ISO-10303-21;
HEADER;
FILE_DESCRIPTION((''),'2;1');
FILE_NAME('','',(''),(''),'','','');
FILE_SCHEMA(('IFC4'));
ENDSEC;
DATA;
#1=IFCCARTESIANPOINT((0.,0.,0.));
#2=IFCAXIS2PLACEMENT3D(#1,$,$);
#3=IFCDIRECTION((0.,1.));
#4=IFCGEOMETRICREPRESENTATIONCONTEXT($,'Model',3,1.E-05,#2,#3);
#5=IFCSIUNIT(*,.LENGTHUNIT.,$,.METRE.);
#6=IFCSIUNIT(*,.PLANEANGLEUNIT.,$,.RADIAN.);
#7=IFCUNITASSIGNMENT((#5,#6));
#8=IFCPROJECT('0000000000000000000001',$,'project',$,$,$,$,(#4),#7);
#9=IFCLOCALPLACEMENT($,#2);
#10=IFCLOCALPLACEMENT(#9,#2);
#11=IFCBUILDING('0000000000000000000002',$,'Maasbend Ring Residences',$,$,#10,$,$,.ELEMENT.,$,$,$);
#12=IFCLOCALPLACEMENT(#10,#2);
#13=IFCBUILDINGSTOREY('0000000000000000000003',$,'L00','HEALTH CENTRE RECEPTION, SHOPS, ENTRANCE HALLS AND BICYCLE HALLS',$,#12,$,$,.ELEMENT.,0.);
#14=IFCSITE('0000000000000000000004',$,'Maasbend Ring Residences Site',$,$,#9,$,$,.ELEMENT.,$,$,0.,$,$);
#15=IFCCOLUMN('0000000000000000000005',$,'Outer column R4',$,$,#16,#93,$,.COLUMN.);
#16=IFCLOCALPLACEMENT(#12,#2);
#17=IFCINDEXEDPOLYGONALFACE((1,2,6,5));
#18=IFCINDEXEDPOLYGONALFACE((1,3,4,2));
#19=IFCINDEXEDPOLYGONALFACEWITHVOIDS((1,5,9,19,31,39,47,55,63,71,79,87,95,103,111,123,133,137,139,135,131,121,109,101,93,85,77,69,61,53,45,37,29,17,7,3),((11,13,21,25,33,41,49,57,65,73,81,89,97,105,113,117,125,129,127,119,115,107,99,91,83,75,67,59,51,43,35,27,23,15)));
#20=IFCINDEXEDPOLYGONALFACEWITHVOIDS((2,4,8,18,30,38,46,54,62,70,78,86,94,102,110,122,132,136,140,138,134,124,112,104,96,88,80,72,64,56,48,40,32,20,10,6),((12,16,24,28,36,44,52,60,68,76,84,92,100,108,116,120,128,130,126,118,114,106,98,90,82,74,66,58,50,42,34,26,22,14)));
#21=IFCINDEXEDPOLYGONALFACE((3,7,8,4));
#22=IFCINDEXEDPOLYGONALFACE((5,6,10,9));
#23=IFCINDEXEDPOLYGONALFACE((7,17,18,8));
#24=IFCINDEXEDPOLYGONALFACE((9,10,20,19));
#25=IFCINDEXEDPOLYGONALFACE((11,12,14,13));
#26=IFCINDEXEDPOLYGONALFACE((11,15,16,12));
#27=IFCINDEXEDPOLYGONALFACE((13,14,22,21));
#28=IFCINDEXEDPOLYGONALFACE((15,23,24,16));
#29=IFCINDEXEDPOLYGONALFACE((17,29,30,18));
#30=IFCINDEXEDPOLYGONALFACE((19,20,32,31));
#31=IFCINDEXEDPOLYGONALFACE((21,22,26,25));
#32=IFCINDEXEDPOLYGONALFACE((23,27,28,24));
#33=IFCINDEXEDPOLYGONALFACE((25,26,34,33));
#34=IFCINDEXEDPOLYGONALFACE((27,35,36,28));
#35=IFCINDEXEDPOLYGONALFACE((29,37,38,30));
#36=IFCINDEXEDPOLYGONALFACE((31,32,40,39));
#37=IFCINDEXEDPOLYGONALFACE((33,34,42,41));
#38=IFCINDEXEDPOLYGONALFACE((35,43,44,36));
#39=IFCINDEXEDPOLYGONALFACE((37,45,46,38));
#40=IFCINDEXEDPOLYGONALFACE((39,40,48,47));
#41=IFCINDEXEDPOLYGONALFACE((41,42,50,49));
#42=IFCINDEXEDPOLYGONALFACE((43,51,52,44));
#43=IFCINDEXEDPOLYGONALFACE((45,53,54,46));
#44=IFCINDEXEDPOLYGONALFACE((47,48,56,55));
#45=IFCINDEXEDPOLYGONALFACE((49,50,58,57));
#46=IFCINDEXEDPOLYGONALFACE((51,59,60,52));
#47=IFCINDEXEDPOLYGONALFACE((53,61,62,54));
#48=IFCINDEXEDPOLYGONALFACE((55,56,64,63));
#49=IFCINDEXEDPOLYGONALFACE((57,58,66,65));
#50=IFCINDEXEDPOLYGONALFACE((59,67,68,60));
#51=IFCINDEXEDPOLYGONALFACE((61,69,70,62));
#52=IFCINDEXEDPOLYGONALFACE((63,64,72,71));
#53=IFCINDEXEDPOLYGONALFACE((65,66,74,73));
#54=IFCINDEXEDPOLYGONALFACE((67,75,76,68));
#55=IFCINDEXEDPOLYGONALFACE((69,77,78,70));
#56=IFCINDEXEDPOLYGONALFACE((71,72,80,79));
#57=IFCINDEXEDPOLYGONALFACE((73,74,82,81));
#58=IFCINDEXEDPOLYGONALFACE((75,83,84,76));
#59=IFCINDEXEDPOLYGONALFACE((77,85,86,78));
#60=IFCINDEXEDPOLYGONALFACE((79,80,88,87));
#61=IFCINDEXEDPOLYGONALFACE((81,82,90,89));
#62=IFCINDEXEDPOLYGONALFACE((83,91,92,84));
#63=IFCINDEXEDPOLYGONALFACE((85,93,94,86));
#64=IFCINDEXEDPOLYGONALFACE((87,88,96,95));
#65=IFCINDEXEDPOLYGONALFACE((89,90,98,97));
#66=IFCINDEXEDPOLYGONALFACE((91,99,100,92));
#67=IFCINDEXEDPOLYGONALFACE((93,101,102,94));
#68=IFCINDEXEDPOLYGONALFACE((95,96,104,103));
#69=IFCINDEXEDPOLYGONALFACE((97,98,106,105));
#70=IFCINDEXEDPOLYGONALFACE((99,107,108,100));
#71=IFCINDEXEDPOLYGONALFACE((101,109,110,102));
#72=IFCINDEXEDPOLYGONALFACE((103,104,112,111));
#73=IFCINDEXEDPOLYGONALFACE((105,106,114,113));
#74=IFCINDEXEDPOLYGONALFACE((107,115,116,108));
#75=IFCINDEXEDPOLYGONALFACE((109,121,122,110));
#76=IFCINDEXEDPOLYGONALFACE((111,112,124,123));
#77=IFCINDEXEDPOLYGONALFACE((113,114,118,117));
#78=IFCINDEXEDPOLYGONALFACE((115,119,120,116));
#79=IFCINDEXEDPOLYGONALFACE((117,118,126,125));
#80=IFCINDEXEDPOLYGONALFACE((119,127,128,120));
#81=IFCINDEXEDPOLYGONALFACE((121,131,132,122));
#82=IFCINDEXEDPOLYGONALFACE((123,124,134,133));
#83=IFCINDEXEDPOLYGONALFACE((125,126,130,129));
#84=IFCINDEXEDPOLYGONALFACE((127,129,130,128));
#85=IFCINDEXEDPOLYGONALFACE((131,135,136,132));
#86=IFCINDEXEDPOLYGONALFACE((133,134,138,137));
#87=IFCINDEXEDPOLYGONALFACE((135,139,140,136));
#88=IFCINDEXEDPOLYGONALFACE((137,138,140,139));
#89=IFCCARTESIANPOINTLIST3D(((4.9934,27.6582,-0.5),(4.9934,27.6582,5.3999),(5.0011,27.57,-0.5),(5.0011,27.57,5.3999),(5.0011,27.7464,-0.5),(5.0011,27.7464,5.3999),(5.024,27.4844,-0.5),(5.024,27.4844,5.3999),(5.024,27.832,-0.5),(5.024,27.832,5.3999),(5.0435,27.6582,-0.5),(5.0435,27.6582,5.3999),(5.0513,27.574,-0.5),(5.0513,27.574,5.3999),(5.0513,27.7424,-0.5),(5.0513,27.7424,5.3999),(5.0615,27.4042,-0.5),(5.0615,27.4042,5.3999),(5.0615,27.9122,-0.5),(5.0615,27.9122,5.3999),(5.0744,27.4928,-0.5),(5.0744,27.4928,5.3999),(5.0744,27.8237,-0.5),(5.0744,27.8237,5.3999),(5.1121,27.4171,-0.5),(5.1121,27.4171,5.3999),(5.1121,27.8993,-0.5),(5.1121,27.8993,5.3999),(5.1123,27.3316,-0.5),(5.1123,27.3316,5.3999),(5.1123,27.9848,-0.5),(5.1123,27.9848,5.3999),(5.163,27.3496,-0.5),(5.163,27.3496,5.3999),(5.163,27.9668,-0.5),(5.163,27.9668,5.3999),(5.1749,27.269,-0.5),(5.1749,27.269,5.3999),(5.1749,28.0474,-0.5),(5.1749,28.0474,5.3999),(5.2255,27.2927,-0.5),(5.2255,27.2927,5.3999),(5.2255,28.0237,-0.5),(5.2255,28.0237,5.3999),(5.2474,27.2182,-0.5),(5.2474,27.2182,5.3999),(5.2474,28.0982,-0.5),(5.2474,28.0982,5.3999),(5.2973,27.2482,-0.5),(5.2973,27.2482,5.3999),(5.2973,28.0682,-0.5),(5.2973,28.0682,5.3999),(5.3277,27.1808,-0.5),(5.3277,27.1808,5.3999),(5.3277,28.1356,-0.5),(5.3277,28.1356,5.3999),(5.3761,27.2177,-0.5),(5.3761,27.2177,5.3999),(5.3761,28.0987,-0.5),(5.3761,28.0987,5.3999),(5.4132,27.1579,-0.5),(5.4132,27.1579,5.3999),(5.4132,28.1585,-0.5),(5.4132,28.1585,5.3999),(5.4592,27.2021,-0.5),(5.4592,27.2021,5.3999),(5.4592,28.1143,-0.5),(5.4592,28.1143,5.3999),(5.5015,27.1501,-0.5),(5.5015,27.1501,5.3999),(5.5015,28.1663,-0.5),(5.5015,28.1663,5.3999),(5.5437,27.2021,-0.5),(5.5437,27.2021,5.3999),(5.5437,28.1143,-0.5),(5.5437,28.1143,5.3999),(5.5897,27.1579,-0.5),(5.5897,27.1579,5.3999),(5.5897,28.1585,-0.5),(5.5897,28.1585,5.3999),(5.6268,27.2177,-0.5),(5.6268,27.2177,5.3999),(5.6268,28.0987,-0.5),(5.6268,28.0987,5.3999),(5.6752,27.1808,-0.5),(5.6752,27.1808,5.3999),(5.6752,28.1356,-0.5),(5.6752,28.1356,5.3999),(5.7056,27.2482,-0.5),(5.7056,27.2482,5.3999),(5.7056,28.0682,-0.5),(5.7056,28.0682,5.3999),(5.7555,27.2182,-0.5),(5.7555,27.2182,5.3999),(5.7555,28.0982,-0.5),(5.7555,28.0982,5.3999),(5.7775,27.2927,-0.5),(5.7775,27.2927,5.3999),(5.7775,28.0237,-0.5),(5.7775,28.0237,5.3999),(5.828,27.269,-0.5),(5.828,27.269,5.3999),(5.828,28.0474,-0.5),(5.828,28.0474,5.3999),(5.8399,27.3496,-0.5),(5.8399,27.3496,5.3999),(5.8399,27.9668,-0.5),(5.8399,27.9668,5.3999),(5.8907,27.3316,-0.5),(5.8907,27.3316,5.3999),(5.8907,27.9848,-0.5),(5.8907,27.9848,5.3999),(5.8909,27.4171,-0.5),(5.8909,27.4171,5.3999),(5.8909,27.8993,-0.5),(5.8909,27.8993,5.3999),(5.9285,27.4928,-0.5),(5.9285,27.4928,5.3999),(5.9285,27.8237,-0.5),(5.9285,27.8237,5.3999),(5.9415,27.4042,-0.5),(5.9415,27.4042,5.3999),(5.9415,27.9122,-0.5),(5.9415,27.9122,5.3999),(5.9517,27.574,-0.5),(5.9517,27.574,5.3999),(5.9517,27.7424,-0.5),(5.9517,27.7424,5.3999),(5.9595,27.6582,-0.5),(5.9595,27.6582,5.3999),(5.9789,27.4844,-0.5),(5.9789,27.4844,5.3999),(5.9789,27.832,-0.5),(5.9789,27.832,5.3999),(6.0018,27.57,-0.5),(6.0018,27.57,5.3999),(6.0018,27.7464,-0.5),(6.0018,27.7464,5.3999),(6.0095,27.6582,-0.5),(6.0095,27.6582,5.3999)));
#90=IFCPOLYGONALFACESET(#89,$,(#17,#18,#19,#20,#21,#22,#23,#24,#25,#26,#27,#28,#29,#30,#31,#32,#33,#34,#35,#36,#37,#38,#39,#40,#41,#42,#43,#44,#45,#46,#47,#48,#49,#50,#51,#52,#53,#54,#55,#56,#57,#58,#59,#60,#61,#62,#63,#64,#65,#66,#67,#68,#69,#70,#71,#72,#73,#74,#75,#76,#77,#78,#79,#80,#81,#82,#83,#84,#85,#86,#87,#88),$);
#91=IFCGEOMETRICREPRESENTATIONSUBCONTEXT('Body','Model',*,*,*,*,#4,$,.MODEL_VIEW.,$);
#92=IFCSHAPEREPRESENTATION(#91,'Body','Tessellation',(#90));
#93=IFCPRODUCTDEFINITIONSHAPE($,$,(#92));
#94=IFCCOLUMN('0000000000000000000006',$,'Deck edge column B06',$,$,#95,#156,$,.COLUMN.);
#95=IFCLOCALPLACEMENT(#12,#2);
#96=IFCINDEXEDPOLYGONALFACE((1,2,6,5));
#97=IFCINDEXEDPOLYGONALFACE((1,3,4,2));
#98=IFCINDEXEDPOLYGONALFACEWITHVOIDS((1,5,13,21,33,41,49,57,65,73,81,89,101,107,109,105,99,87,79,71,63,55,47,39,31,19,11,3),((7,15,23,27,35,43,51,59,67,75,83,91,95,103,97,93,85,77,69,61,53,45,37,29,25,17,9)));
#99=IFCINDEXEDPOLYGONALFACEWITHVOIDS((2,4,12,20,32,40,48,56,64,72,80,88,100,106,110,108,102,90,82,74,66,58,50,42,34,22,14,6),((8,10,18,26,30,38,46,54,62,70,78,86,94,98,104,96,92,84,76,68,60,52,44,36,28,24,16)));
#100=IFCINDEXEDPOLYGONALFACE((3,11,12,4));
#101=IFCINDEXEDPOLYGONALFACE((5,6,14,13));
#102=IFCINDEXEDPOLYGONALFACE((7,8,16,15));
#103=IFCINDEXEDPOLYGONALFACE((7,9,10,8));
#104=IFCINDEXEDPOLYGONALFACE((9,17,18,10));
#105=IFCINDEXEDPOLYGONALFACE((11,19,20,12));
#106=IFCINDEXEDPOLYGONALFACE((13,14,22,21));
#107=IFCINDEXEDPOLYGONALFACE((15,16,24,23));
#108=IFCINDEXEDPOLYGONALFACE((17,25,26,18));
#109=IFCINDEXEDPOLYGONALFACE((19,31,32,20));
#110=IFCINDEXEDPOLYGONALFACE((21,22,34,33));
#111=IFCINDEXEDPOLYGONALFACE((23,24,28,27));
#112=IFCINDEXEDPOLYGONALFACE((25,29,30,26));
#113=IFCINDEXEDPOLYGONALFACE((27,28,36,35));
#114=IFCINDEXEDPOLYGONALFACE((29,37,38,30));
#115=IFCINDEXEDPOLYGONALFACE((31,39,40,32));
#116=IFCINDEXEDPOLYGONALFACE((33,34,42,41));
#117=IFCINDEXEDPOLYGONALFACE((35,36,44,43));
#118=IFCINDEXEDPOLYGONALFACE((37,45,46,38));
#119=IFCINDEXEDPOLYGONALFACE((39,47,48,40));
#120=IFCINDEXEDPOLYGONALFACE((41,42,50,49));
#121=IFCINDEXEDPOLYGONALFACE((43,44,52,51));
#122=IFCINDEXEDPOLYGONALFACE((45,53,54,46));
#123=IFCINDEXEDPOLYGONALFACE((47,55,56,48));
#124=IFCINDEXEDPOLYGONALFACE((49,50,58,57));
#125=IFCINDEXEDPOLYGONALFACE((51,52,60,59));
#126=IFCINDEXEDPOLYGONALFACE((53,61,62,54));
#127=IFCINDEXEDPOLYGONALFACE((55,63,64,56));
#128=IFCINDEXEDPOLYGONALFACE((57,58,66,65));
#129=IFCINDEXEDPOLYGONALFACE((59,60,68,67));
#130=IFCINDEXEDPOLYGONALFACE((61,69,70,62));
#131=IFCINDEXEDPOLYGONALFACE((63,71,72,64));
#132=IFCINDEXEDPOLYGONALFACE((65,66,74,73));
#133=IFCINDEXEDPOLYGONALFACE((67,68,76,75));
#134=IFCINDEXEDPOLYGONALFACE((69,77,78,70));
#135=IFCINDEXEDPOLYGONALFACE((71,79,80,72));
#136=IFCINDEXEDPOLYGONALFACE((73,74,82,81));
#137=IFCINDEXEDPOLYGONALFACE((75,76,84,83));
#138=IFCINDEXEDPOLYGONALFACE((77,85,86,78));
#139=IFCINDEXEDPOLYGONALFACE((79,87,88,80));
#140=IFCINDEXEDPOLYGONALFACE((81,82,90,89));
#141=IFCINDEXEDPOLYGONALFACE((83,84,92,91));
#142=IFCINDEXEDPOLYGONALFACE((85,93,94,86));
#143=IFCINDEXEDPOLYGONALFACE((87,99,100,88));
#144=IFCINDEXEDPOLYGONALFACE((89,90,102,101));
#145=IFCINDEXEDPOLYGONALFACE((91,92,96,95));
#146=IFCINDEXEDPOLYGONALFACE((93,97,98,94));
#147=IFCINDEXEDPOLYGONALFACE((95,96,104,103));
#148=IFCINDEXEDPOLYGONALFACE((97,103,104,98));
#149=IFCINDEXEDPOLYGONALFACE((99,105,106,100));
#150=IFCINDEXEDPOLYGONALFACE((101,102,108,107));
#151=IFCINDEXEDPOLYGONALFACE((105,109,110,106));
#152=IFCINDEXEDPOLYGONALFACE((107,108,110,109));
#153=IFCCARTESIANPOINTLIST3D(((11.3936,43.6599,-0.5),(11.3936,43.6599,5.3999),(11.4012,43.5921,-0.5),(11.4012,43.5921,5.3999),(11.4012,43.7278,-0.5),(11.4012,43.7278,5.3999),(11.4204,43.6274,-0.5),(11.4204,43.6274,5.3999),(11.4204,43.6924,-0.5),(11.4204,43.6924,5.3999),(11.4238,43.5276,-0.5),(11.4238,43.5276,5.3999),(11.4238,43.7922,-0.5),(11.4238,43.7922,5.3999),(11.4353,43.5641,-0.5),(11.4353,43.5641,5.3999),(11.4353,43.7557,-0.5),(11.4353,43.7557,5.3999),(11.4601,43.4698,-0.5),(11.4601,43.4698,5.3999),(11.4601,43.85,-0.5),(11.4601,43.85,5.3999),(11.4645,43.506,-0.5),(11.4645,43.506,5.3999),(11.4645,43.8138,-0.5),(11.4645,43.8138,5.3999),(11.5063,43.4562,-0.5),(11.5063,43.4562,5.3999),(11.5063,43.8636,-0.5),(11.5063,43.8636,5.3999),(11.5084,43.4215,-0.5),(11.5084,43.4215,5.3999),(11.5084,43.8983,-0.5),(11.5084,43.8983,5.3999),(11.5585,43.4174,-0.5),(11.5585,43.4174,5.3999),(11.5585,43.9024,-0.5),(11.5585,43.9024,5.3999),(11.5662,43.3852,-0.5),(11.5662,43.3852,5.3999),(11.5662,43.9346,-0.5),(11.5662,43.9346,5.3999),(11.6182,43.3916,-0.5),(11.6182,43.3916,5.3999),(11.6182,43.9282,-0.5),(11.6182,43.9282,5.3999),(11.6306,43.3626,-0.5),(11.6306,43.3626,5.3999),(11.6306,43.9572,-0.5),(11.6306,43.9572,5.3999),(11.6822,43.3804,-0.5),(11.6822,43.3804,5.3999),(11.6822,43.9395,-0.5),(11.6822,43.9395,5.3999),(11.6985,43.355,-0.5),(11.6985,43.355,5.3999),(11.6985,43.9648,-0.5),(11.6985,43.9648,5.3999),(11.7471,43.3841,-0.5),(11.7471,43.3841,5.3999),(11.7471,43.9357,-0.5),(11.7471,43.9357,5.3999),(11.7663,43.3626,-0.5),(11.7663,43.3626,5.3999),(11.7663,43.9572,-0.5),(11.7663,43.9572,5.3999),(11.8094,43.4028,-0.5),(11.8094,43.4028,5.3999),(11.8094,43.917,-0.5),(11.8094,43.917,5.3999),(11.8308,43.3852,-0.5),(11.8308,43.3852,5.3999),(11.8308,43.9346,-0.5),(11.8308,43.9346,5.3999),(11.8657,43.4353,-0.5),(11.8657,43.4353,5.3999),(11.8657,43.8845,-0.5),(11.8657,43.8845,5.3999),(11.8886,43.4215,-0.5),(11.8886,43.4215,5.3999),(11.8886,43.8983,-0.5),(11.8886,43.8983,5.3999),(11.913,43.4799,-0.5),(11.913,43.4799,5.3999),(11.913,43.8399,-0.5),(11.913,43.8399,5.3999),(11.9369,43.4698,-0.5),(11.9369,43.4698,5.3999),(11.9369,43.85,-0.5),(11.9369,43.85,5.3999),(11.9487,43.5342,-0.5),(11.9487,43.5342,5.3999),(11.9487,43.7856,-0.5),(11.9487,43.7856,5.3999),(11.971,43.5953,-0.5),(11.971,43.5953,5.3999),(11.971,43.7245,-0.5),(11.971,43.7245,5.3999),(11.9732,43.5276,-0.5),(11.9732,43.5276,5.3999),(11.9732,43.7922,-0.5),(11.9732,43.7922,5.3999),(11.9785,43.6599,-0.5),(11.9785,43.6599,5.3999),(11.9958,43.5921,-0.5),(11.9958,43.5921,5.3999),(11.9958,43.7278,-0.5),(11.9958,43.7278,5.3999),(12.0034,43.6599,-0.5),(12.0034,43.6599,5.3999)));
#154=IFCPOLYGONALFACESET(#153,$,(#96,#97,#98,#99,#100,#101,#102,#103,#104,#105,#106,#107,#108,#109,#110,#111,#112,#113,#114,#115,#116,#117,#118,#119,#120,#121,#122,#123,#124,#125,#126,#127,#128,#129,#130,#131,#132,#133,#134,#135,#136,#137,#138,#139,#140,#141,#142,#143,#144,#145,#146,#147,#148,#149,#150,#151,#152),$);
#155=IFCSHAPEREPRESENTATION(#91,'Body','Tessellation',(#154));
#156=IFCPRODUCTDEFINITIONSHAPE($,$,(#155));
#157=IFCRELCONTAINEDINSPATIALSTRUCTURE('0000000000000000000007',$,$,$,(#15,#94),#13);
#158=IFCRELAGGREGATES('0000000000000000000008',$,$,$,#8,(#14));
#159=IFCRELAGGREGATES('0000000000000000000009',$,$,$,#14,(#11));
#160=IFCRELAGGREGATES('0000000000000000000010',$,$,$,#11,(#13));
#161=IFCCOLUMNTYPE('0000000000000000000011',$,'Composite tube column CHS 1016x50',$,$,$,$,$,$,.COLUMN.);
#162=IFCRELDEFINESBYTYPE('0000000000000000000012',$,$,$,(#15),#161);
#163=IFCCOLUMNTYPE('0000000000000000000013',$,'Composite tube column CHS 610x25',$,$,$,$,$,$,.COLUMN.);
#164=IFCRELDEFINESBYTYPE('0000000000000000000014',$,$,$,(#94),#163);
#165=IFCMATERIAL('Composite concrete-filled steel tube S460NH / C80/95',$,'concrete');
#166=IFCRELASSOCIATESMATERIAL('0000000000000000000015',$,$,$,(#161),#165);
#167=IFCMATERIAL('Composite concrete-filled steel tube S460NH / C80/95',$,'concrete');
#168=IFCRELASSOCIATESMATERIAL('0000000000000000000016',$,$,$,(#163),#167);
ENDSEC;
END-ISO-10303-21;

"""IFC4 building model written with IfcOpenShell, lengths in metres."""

from ifc_helpers import new_model, si_unit, direction, frame, origin, origin_2d, place, context, subcontext, project, spatial, hollow_circle, extrude, material, material_profile, profile_set, type_object, element, save


model = new_model("IFC4")

# Units and contexts
model_context = context("Model", 3, precision=1e-05, world=origin(), true_north=direction((0.0, 1.0)))
body_context = subcontext(model_context, "Body", "Model", "MODEL_VIEW")
ifc_project = project(units=[si_unit("LENGTHUNIT", "METRE"), si_unit("PLANEANGLEUNIT", "RADIAN")], contexts=[model_context])

# Site, building, storey
site_placement = place(None, origin())
site = spatial("IfcSite", under=ifc_project, at=site_placement, Name="Maasbend Ring Residences Site", CompositionType="ELEMENT", RefElevation=0.0)
building_placement = place(site_placement, origin())
building = spatial("IfcBuilding", under=site, at=building_placement, Name="Maasbend Ring Residences", CompositionType="ELEMENT")
storey_placement = place(building_placement, origin())
storey = spatial("IfcBuildingStorey", under=building, at=storey_placement, Name="L00", Description="HEALTH CENTRE RECEPTION, SHOPS, ENTRANCE HALLS AND BICYCLE HALLS", CompositionType="ELEMENT", Elevation=0.0)

# Columns
ifc_material_1 = material(Name="Composite concrete-filled steel tube S460NH / C80/95", Category="concrete")
ifc_material_profile_1 = material_profile(ifc_material_1, hollow_circle(Radius=0.5081, WallThickness=0.05, at=origin_2d()), Name="Composite tube column CHS 1016x50")
ifc_profile_set_1 = profile_set([ifc_material_profile_1], Name="Composite concrete-filled steel tube S460NH / C80/95")
column_type_1 = type_object("IfcColumnType", Name="Composite tube column CHS 1016x50", PredefinedType="COLUMN", material=ifc_profile_set_1)
column_placement = place(storey_placement, frame((5.5015, 27.6582, -0.5), z_axis=(0.0, 0.0, 1.0), x_axis=(1.0, 0.0, 0.0)))
element("IfcColumn", 1, at=column_placement, inside=storey, type_object=column_type_1, Name="Outer column R4", PredefinedType="COLUMN", context=body_context, shape_type="SweptSolid", body=[
    extrude(hollow_circle(Radius=0.5081, WallThickness=0.05, at=origin_2d()), origin(), (0.0, 0.0, 1.0), 5.8999),
])
ifc_material_2 = material(Name="Composite concrete-filled steel tube S460NH / C80/95", Category="concrete")
ifc_material_profile_2 = material_profile(ifc_material_2, hollow_circle(Radius=0.3049, WallThickness=0.0249, at=origin_2d()), Name="Composite tube column CHS 610x25")
ifc_profile_set_2 = profile_set([ifc_material_profile_2], Name="Composite concrete-filled steel tube S460NH / C80/95")
column_type_2 = type_object("IfcColumnType", Name="Composite tube column CHS 610x25", PredefinedType="COLUMN", material=ifc_profile_set_2)
for number, where, z_axis, x_axis, name in (
    (2, (11.6985, 43.6599, -0.5), (0.0, 0.0, 1.0), (1.0, 0.0, 0.0), "Deck edge column B06"),
):
    element("IfcColumn", number, at=place(storey_placement, frame(where, z_axis=z_axis, x_axis=x_axis)), inside=storey, type_object=column_type_2, Name=name, PredefinedType="COLUMN", context=body_context, shape_type="SweptSolid", body=[
        extrude(hollow_circle(Radius=0.3049, WallThickness=0.0249, at=origin_2d()), origin(), (0.0, 0.0, 1.0), 5.8999),
    ])

save(model, "model.ifc")
